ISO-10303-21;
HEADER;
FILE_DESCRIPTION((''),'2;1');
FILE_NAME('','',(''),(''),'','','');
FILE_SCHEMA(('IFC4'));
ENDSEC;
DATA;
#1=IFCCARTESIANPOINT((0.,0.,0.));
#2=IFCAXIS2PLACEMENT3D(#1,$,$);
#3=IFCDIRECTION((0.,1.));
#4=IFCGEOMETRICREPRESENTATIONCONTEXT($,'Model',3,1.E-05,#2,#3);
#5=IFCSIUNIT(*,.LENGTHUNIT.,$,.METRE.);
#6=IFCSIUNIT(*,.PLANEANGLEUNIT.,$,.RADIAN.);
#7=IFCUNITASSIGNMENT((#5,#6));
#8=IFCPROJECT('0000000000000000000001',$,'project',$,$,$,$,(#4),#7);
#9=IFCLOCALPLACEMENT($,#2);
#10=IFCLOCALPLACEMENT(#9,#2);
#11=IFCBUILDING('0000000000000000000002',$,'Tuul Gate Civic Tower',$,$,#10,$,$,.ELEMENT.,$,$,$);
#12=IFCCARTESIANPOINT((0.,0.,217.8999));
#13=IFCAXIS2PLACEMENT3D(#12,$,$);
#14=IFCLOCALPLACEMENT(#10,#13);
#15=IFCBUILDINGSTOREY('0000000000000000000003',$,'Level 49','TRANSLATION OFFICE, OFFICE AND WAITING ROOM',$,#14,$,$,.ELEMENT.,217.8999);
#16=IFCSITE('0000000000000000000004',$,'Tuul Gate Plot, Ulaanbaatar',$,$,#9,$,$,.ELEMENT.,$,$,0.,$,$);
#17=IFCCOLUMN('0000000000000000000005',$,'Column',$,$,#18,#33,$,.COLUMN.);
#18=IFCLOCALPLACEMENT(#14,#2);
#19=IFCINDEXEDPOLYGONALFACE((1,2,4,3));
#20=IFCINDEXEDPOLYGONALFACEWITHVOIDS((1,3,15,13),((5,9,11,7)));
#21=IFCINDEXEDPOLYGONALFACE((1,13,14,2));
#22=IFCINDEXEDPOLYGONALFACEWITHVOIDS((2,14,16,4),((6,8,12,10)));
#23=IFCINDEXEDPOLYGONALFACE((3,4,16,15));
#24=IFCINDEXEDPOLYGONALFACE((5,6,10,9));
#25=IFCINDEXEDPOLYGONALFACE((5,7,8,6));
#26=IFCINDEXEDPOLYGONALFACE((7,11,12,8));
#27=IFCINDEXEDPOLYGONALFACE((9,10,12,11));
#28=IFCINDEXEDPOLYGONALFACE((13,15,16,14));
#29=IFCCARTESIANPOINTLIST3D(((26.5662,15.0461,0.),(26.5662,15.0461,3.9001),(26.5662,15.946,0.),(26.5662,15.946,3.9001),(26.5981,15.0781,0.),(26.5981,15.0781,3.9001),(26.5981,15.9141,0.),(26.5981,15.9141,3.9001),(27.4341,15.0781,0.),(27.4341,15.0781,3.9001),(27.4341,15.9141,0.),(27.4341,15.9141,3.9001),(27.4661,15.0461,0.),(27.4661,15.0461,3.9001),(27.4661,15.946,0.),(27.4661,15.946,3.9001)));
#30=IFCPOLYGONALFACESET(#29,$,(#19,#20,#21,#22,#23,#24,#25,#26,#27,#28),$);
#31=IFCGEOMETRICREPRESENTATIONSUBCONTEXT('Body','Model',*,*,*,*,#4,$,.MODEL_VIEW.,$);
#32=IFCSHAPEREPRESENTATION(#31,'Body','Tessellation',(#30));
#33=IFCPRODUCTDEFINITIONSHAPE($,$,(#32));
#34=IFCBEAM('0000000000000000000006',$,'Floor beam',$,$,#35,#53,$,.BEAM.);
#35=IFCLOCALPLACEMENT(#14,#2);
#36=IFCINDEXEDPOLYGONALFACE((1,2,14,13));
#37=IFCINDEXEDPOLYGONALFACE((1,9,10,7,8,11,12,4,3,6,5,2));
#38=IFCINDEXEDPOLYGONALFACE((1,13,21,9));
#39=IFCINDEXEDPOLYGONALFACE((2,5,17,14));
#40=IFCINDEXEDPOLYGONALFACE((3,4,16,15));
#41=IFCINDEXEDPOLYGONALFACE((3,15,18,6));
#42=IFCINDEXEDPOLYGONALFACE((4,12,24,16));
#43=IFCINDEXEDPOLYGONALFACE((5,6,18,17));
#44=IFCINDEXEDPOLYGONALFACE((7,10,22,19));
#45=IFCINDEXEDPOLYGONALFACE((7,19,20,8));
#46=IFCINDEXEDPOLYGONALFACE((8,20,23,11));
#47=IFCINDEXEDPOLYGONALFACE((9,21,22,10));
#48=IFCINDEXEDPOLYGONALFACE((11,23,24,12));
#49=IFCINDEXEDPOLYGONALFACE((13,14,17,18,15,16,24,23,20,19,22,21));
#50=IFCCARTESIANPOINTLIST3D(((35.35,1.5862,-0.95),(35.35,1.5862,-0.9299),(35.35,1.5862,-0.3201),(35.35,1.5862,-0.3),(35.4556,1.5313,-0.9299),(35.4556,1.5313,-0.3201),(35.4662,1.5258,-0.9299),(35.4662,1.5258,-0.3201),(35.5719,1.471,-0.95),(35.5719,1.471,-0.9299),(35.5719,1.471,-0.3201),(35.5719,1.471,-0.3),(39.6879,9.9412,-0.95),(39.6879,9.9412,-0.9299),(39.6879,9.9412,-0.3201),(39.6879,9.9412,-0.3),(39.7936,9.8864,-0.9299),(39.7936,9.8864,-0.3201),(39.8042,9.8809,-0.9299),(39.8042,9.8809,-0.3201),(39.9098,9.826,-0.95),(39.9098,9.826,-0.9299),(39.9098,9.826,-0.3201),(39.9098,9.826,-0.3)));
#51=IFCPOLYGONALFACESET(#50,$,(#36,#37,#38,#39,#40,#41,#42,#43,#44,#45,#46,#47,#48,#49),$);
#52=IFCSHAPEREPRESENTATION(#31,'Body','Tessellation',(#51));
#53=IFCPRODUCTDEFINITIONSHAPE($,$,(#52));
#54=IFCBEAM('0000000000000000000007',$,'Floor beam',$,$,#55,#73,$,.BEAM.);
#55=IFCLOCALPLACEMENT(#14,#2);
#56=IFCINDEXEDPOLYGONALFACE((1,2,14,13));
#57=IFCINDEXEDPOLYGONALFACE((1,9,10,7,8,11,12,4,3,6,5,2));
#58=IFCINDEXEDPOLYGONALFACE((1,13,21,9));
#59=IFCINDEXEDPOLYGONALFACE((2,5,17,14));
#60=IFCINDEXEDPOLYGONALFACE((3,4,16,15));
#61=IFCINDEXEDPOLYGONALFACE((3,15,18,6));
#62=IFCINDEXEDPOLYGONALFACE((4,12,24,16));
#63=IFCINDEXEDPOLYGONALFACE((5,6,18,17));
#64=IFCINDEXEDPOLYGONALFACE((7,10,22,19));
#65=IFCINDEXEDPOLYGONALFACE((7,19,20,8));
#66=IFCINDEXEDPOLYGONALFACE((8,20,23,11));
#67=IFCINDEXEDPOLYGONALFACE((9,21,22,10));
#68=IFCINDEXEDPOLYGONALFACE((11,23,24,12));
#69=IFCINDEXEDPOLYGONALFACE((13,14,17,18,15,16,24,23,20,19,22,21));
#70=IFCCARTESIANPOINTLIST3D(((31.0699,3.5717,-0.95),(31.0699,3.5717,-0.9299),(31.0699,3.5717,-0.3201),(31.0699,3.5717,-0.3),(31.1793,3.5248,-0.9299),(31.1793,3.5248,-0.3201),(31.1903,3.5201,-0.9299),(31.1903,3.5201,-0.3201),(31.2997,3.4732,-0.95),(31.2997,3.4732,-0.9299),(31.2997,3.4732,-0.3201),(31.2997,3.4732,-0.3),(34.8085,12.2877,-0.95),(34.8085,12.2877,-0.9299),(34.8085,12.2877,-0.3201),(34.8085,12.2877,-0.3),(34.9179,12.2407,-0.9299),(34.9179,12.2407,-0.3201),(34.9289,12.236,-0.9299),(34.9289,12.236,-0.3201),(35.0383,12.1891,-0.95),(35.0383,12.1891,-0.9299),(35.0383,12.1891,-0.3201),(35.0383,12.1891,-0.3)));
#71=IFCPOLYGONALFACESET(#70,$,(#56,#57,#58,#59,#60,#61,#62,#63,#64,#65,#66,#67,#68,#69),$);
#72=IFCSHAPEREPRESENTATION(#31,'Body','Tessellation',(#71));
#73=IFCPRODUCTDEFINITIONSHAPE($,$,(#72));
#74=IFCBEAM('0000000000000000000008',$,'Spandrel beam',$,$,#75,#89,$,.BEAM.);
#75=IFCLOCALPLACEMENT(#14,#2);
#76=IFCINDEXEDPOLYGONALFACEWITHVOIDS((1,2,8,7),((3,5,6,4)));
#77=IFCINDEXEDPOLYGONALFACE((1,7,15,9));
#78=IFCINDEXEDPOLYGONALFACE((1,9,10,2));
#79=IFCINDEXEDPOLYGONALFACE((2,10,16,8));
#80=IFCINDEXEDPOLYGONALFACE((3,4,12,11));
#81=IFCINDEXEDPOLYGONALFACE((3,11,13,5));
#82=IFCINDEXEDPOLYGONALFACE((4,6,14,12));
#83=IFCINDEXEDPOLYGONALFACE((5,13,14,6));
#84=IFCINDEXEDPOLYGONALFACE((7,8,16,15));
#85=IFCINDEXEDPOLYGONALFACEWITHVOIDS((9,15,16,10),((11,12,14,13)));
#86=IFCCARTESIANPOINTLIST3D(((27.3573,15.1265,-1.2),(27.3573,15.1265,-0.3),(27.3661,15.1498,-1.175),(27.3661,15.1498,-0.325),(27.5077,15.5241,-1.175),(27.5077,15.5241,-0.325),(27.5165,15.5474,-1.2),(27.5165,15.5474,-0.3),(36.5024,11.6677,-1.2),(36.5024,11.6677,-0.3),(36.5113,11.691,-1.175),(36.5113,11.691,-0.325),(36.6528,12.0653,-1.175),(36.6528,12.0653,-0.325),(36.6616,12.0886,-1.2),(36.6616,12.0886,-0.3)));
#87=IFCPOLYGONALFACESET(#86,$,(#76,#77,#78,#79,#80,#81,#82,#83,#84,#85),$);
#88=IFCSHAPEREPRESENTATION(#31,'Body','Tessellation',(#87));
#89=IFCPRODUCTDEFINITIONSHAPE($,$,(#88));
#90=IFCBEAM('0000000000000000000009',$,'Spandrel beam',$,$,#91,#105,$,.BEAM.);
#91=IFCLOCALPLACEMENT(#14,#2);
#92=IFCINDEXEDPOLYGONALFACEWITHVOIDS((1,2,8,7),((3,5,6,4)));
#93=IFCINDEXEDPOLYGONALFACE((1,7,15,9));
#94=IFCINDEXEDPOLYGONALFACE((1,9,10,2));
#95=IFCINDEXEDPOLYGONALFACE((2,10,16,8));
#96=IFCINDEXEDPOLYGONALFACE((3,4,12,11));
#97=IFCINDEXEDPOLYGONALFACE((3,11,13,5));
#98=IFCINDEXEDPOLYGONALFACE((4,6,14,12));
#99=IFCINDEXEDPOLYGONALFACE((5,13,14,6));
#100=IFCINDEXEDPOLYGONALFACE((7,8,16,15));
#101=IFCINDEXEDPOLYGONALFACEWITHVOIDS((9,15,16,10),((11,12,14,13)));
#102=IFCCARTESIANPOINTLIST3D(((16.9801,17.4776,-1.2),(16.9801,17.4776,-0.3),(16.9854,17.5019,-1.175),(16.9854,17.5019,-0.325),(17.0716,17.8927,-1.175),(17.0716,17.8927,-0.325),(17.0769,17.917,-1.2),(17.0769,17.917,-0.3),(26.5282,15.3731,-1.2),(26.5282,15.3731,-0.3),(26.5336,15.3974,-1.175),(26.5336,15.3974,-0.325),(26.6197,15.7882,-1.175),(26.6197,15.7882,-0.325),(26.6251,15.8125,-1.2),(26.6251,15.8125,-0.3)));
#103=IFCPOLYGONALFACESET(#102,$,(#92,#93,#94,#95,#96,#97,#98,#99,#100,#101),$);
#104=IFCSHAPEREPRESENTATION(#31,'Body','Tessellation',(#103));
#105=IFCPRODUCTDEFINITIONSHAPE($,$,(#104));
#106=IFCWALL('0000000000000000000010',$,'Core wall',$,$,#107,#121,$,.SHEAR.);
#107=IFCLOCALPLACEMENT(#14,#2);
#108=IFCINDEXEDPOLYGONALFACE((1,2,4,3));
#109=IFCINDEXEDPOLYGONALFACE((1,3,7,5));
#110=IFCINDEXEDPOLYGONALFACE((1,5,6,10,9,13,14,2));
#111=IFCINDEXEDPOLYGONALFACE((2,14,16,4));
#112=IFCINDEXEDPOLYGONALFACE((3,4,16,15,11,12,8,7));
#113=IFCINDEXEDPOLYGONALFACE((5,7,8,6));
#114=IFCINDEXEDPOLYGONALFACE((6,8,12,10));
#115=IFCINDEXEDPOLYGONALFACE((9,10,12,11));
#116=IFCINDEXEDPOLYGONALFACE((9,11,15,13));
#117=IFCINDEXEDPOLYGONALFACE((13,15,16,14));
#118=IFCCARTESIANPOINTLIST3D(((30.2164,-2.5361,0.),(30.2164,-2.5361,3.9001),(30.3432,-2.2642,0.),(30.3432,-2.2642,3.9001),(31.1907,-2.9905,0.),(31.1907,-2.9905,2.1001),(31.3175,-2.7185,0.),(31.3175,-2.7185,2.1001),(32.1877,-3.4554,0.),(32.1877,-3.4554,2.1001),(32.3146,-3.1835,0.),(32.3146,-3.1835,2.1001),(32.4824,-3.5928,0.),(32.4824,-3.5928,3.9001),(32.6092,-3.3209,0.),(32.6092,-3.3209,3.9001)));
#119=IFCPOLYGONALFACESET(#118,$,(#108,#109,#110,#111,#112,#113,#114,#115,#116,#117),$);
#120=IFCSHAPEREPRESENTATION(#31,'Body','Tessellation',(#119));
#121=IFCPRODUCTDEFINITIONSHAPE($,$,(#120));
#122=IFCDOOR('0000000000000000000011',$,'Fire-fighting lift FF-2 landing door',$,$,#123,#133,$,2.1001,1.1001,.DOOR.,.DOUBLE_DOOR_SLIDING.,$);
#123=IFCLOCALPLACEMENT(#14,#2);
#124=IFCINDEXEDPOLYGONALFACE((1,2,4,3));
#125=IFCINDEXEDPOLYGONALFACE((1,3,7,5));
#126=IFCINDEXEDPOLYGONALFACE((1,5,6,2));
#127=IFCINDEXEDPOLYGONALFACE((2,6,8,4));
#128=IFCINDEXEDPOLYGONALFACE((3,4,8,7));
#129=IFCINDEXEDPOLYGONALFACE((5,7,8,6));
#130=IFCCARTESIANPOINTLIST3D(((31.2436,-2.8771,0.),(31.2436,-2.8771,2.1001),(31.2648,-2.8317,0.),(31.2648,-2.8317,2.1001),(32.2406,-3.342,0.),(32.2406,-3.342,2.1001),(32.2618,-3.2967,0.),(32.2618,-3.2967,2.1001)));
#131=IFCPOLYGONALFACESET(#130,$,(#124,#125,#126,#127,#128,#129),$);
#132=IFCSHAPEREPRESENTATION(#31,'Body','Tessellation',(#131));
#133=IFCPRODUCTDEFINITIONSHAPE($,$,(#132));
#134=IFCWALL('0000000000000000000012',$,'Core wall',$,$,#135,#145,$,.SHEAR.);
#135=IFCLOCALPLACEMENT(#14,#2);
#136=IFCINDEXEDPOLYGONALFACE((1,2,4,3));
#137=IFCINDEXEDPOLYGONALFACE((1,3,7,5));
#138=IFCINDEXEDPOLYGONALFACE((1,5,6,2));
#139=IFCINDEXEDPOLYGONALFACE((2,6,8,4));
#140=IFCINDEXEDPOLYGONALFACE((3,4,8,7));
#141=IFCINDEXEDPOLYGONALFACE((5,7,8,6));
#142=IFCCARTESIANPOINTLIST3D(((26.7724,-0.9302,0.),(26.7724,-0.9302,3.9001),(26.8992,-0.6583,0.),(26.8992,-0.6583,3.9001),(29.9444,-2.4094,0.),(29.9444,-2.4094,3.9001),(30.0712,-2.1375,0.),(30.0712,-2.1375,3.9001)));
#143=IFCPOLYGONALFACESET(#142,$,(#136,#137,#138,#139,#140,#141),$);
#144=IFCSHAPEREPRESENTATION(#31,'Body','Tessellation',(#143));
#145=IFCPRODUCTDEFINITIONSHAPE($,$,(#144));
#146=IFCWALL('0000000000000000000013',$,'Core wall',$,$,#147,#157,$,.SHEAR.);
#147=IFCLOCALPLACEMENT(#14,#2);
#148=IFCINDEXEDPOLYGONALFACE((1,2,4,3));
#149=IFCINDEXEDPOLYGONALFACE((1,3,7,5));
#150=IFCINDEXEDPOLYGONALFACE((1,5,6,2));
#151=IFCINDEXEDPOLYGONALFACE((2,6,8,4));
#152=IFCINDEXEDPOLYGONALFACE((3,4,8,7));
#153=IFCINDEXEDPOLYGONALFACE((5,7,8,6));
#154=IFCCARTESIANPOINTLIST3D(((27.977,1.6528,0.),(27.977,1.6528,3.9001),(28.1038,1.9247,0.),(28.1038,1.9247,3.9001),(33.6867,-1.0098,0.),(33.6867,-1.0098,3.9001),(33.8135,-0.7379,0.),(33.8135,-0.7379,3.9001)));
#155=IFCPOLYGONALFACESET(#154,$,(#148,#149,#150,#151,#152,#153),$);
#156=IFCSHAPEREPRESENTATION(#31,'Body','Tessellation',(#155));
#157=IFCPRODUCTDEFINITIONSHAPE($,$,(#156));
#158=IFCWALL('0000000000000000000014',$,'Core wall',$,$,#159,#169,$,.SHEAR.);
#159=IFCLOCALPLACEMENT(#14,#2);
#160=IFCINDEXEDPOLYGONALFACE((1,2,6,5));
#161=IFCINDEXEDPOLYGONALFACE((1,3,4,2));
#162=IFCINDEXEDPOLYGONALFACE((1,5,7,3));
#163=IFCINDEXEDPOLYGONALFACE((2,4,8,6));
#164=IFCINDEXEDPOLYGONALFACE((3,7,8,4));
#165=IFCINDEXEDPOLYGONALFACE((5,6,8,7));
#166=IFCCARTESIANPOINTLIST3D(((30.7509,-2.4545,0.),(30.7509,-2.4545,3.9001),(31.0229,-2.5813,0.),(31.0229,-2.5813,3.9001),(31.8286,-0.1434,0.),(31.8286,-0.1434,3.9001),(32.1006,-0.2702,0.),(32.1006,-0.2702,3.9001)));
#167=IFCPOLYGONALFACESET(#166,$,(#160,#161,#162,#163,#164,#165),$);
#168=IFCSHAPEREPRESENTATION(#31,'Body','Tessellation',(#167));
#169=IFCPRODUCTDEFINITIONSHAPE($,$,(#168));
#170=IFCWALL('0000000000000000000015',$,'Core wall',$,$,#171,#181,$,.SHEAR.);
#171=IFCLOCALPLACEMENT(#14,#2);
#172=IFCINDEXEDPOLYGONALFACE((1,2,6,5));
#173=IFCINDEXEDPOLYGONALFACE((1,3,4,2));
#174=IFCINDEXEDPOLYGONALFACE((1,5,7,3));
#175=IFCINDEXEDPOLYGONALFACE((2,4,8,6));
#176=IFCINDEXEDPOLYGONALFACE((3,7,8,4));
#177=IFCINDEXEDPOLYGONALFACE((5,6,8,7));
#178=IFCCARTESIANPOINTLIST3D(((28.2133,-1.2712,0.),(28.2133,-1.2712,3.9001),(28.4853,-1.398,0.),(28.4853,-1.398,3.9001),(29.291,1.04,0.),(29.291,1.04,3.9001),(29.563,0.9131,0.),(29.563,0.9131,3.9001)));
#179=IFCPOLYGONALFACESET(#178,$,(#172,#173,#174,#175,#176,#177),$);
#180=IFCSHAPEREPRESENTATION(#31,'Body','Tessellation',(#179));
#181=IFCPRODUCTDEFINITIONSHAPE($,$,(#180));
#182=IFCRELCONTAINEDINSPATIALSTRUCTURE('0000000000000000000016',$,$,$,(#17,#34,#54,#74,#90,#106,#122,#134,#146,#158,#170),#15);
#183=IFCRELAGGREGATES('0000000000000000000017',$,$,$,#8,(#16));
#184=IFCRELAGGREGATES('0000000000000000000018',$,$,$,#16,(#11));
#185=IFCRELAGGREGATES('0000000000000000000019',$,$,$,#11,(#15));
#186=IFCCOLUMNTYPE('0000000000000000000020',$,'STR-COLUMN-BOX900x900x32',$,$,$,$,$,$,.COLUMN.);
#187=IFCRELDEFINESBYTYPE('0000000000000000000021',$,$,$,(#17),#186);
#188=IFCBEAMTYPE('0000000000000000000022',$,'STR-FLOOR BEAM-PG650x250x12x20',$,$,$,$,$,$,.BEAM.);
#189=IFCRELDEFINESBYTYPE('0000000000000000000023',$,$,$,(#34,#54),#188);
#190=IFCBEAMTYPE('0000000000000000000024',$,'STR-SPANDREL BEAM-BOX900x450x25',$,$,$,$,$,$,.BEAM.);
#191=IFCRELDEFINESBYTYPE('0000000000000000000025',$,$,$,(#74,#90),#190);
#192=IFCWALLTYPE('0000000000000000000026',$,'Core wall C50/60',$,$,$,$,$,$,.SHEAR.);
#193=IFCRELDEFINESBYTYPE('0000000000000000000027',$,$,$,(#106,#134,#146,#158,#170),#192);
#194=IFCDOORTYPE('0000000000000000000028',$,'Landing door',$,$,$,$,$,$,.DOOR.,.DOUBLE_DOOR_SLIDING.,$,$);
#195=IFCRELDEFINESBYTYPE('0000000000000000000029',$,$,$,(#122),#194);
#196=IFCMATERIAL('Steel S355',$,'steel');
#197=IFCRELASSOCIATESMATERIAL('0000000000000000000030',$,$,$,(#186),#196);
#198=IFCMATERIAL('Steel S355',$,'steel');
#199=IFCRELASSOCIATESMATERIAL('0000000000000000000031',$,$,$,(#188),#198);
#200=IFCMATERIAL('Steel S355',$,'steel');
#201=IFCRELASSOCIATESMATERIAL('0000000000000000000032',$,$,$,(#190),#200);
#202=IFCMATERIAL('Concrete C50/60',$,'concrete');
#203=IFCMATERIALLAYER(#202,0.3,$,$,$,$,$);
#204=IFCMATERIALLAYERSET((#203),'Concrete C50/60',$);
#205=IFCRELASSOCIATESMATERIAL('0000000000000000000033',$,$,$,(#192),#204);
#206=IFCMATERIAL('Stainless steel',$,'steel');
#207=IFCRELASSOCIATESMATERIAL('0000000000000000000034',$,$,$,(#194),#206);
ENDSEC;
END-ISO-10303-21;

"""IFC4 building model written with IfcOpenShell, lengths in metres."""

from ifc_helpers import new_model, si_unit, direction, frame, frame_2d, origin, origin_2d, place, context, subcontext, project, spatial, rectangle, hollow_rectangle, i_section, extrude, material, layer, layer_set, material_profile, profile_set, type_object, element, fill, save


model = new_model("IFC4")

# Units and contexts
model_context = context("Model", 3, precision=1e-05, world=origin(), true_north=direction((0.0, 1.0)))
body_context = subcontext(model_context, "Body", "Model", "MODEL_VIEW")
ifc_project = project(units=[si_unit("LENGTHUNIT", "METRE"), si_unit("PLANEANGLEUNIT", "RADIAN")], contexts=[model_context])

# Site, building, storey
site_placement = place(None, origin())
site = spatial("IfcSite", under=ifc_project, at=site_placement, Name="Tuul Gate Plot, Ulaanbaatar", CompositionType="ELEMENT", RefElevation=0.0)
building_placement = place(site_placement, origin())
building = spatial("IfcBuilding", under=site, at=building_placement, Name="Tuul Gate Civic Tower", CompositionType="ELEMENT")
storey_placement = place(building_placement, frame((0.0, 0.0, 217.8999)))
storey = spatial("IfcBuildingStorey", under=building, at=storey_placement, Name="Level 49", Description="TRANSLATION OFFICE, OFFICE AND WAITING ROOM", CompositionType="ELEMENT", Elevation=217.8999)

# Column
ifc_material_1 = material(Name="Steel S355", Category="steel")
ifc_material_profile_1 = material_profile(ifc_material_1, hollow_rectangle(XDim=0.8999, YDim=0.8999, WallThickness=0.032, at=origin_2d()), Name="BOX900x900x32")
ifc_profile_set_1 = profile_set([ifc_material_profile_1], Name="Steel S355")
column_type = type_object("IfcColumnType", Name="STR-COLUMN-BOX900x900x32", PredefinedType="COLUMN", material=ifc_profile_set_1)
column_placement = place(storey_placement, frame((27.0161, 15.4961, 0.0), z_axis=(0.0, 0.0, 1.0), x_axis=(1.0, 0.0, 0.0)))
element("IfcColumn", 1, at=column_placement, inside=storey, type_object=column_type, Name="Column", PredefinedType="COLUMN", context=body_context, shape_type="SweptSolid", body=[
    extrude(hollow_rectangle(XDim=0.8999, YDim=0.8999, WallThickness=0.032, at=origin_2d()), origin(), (0.0, 0.0, 1.0), 3.9001),
])

# Beams
ifc_material_2 = material(Name="Steel S355", Category="steel")
ifc_material_profile_2 = material_profile(ifc_material_2, i_section(OverallWidth=0.25, OverallDepth=0.6499, WebThickness=0.012, FlangeThickness=0.02, at=origin_2d()), Name="PG650x250x12x20")
ifc_profile_set_2 = profile_set([ifc_material_profile_2], Name="Steel S355")
beam_type_1 = type_object("IfcBeamType", Name="STR-FLOOR BEAM-PG650x250x12x20", PredefinedType="BEAM", material=ifc_profile_set_2)
beam_1_placement = place(storey_placement, frame((35.4609, 1.5286, -0.625), z_axis=(0.460792, 0.887508, 0.0), x_axis=(-0.887508, 0.460792, 0.0)))
element("IfcBeam", 2, at=beam_1_placement, inside=storey, type_object=beam_type_1, Name="Floor beam", PredefinedType="BEAM", context=body_context, shape_type="SweptSolid", body=[
    extrude(i_section(OverallWidth=0.25, OverallDepth=0.6499, WebThickness=0.012, FlangeThickness=0.02, at=origin_2d()), origin(), (0.0, 0.0, 1.0), 9.4141),
])
beam_2_placement = place(storey_placement, frame((31.1848, 3.5225, -0.625), z_axis=(0.394202, 0.919024, 0.0), x_axis=(-0.919024, 0.394202, 0.0)))
element("IfcBeam", 3, at=beam_2_placement, inside=storey, type_object=beam_type_1, Name="Floor beam", PredefinedType="BEAM", context=body_context, shape_type="SweptSolid", body=[
    extrude(i_section(OverallWidth=0.25, OverallDepth=0.6499, WebThickness=0.012, FlangeThickness=0.02, at=origin_2d()), origin(), (0.0, 0.0, 1.0), 9.4839),
])
ifc_material_3 = material(Name="Steel S355", Category="steel")
ifc_material_profile_3 = material_profile(ifc_material_3, hollow_rectangle(XDim=0.45, YDim=0.8999, WallThickness=0.0249, at=origin_2d()), Name="BOX900x450x25")
ifc_profile_set_3 = profile_set([ifc_material_profile_3], Name="Steel S355")
beam_type_2 = type_object("IfcBeamType", Name="STR-SPANDREL BEAM-BOX900x450x25", PredefinedType="BEAM", material=ifc_profile_set_3)
for number, where, z_axis, x_axis, name in (
    (4, (36.582, 11.8782, -0.75), (-0.935338, 0.353755, 0.0), (-0.353755, -0.935338, 0.0), "Spandrel beam"),
    (5, (26.5767, 15.5928, -0.75), (-0.97656, 0.215243, 0.0), (-0.215243, -0.97656, 0.0), "Spandrel beam"),
):
    element("IfcBeam", number, at=place(storey_placement, frame(where, z_axis=z_axis, x_axis=x_axis)), inside=storey, type_object=beam_type_2, Name=name, PredefinedType="BEAM", context=body_context, shape_type="SweptSolid", body=[
        extrude(hollow_rectangle(XDim=0.45, YDim=0.8999, WallThickness=0.0249, at=origin_2d()), origin(), (0.0, 0.0, 1.0), 9.7773),
    ])

# Wall, opening, door
ifc_material_4 = material(Name="Concrete C50/60", Category="concrete")
ifc_layer_1 = layer(ifc_material_4, 0.3)
ifc_layer_set_1 = layer_set([ifc_layer_1], Name="Concrete C50/60")
wall_type_1 = type_object("IfcWallType", Name="Core wall C50/60", PredefinedType="SHEAR", material=ifc_layer_set_1)
wall_1_placement = place(storey_placement, frame((32.5457, -3.4568, 0.0), z_axis=(0.0, 0.0, 1.0), x_axis=(-0.9063, 0.422634, 0.0)))
wall_1 = element("IfcWall", 6, at=wall_1_placement, inside=storey, type_object=wall_type_1, Name="Core wall", PredefinedType="SHEAR", context=body_context, shape_type="SweptSolid", body=[
    extrude(rectangle(XDim=2.5002, YDim=0.3, at=frame_2d((1.25, 0.0))), origin(), (0.0, 0.0, 1.0), 3.9001),
])
opening_1_placement = place(wall_1_placement, frame((0.325, 0.0, 0.0)))
opening_1 = element("IfcOpeningElement", 7, at=opening_1_placement, cuts=wall_1, PredefinedType="OPENING", context=body_context, shape_type="SweptSolid", body=[
    extrude(rectangle(XDim=1.1001, YDim=2.1001, at=frame_2d((0.55, 1.05))), frame((0.0, 0.1602, 0.0), z_axis=(0.0, -1.0, 0.0), x_axis=(1.0, 0.0, 0.0)), (0.0, 0.0, 1.0), 0.3201),
])
ifc_material_5 = material(Name="Stainless steel", Category="steel")
door_type_1 = type_object("IfcDoorType", Name="Landing door", OperationType="DOUBLE_DOOR_SLIDING", PredefinedType="DOOR", material=ifc_material_5)
door_1_placement = place(opening_1_placement, origin())
door_1 = element("IfcDoor", 8, at=door_1_placement, inside=storey, type_object=door_type_1, Name="Fire-fighting lift FF-2 landing door", OperationType="DOUBLE_DOOR_SLIDING", OverallHeight=2.1001, OverallWidth=1.1001, PredefinedType="DOOR", context=body_context, shape_type="SweptSolid", body=[
    extrude(rectangle(XDim=1.1001, YDim=2.1001, at=frame_2d((0.55, 1.05))), frame((0.0, 0.0249, 0.0), z_axis=(0.0, -1.0, 0.0), x_axis=(1.0, 0.0, 0.0)), (0.0, 0.0, 1.0), 0.05),
])
fill(opening_1, door_1)

# Walls
wall_2_placement = place(storey_placement, frame((30.0078, -2.2734, 0.0), z_axis=(0.0, 0.0, 1.0), x_axis=(-0.906301, 0.422633, 0.0)))
element("IfcWall", 9, at=wall_2_placement, inside=storey, type_object=wall_type_1, Name="Core wall", PredefinedType="SHEAR", context=body_context, shape_type="SweptSolid", body=[
    extrude(rectangle(XDim=3.5, YDim=0.3, at=frame_2d((1.75, 0.0))), origin(), (0.0, 0.0, 1.0), 3.9001),
])
wall_3_placement = place(storey_placement, frame((33.75, -0.8738, 0.0), z_axis=(0.0, 0.0, 1.0), x_axis=(-0.906301, 0.422633, 0.0)))
element("IfcWall", 10, at=wall_3_placement, inside=storey, type_object=wall_type_1, Name="Core wall", PredefinedType="SHEAR", context=body_context, shape_type="SweptSolid", body=[
    extrude(rectangle(XDim=6.3, YDim=0.3, at=frame_2d((3.1499, 0.0))), origin(), (0.0, 0.0, 1.0), 3.9001),
])
for number, where, z_axis, x_axis, name in (
    (11, (30.887, -2.5178, 0.0), (0.0, 0.0, 1.0), (0.422613, 0.90631, 0.0), "Core wall"),
    (12, (28.3494, -1.3345, 0.0), (0.0, 0.0, 1.0), (0.422613, 0.90631, 0.0), "Core wall"),
):
    element("IfcWall", number, at=place(storey_placement, frame(where, z_axis=z_axis, x_axis=x_axis)), inside=storey, type_object=wall_type_1, Name=name, PredefinedType="SHEAR", context=body_context, shape_type="SweptSolid", body=[
        extrude(rectangle(XDim=2.55, YDim=0.3, at=frame_2d((1.2749, 0.0))), origin(), (0.0, 0.0, 1.0), 3.9001),
    ])

save(model, "model.ifc")
